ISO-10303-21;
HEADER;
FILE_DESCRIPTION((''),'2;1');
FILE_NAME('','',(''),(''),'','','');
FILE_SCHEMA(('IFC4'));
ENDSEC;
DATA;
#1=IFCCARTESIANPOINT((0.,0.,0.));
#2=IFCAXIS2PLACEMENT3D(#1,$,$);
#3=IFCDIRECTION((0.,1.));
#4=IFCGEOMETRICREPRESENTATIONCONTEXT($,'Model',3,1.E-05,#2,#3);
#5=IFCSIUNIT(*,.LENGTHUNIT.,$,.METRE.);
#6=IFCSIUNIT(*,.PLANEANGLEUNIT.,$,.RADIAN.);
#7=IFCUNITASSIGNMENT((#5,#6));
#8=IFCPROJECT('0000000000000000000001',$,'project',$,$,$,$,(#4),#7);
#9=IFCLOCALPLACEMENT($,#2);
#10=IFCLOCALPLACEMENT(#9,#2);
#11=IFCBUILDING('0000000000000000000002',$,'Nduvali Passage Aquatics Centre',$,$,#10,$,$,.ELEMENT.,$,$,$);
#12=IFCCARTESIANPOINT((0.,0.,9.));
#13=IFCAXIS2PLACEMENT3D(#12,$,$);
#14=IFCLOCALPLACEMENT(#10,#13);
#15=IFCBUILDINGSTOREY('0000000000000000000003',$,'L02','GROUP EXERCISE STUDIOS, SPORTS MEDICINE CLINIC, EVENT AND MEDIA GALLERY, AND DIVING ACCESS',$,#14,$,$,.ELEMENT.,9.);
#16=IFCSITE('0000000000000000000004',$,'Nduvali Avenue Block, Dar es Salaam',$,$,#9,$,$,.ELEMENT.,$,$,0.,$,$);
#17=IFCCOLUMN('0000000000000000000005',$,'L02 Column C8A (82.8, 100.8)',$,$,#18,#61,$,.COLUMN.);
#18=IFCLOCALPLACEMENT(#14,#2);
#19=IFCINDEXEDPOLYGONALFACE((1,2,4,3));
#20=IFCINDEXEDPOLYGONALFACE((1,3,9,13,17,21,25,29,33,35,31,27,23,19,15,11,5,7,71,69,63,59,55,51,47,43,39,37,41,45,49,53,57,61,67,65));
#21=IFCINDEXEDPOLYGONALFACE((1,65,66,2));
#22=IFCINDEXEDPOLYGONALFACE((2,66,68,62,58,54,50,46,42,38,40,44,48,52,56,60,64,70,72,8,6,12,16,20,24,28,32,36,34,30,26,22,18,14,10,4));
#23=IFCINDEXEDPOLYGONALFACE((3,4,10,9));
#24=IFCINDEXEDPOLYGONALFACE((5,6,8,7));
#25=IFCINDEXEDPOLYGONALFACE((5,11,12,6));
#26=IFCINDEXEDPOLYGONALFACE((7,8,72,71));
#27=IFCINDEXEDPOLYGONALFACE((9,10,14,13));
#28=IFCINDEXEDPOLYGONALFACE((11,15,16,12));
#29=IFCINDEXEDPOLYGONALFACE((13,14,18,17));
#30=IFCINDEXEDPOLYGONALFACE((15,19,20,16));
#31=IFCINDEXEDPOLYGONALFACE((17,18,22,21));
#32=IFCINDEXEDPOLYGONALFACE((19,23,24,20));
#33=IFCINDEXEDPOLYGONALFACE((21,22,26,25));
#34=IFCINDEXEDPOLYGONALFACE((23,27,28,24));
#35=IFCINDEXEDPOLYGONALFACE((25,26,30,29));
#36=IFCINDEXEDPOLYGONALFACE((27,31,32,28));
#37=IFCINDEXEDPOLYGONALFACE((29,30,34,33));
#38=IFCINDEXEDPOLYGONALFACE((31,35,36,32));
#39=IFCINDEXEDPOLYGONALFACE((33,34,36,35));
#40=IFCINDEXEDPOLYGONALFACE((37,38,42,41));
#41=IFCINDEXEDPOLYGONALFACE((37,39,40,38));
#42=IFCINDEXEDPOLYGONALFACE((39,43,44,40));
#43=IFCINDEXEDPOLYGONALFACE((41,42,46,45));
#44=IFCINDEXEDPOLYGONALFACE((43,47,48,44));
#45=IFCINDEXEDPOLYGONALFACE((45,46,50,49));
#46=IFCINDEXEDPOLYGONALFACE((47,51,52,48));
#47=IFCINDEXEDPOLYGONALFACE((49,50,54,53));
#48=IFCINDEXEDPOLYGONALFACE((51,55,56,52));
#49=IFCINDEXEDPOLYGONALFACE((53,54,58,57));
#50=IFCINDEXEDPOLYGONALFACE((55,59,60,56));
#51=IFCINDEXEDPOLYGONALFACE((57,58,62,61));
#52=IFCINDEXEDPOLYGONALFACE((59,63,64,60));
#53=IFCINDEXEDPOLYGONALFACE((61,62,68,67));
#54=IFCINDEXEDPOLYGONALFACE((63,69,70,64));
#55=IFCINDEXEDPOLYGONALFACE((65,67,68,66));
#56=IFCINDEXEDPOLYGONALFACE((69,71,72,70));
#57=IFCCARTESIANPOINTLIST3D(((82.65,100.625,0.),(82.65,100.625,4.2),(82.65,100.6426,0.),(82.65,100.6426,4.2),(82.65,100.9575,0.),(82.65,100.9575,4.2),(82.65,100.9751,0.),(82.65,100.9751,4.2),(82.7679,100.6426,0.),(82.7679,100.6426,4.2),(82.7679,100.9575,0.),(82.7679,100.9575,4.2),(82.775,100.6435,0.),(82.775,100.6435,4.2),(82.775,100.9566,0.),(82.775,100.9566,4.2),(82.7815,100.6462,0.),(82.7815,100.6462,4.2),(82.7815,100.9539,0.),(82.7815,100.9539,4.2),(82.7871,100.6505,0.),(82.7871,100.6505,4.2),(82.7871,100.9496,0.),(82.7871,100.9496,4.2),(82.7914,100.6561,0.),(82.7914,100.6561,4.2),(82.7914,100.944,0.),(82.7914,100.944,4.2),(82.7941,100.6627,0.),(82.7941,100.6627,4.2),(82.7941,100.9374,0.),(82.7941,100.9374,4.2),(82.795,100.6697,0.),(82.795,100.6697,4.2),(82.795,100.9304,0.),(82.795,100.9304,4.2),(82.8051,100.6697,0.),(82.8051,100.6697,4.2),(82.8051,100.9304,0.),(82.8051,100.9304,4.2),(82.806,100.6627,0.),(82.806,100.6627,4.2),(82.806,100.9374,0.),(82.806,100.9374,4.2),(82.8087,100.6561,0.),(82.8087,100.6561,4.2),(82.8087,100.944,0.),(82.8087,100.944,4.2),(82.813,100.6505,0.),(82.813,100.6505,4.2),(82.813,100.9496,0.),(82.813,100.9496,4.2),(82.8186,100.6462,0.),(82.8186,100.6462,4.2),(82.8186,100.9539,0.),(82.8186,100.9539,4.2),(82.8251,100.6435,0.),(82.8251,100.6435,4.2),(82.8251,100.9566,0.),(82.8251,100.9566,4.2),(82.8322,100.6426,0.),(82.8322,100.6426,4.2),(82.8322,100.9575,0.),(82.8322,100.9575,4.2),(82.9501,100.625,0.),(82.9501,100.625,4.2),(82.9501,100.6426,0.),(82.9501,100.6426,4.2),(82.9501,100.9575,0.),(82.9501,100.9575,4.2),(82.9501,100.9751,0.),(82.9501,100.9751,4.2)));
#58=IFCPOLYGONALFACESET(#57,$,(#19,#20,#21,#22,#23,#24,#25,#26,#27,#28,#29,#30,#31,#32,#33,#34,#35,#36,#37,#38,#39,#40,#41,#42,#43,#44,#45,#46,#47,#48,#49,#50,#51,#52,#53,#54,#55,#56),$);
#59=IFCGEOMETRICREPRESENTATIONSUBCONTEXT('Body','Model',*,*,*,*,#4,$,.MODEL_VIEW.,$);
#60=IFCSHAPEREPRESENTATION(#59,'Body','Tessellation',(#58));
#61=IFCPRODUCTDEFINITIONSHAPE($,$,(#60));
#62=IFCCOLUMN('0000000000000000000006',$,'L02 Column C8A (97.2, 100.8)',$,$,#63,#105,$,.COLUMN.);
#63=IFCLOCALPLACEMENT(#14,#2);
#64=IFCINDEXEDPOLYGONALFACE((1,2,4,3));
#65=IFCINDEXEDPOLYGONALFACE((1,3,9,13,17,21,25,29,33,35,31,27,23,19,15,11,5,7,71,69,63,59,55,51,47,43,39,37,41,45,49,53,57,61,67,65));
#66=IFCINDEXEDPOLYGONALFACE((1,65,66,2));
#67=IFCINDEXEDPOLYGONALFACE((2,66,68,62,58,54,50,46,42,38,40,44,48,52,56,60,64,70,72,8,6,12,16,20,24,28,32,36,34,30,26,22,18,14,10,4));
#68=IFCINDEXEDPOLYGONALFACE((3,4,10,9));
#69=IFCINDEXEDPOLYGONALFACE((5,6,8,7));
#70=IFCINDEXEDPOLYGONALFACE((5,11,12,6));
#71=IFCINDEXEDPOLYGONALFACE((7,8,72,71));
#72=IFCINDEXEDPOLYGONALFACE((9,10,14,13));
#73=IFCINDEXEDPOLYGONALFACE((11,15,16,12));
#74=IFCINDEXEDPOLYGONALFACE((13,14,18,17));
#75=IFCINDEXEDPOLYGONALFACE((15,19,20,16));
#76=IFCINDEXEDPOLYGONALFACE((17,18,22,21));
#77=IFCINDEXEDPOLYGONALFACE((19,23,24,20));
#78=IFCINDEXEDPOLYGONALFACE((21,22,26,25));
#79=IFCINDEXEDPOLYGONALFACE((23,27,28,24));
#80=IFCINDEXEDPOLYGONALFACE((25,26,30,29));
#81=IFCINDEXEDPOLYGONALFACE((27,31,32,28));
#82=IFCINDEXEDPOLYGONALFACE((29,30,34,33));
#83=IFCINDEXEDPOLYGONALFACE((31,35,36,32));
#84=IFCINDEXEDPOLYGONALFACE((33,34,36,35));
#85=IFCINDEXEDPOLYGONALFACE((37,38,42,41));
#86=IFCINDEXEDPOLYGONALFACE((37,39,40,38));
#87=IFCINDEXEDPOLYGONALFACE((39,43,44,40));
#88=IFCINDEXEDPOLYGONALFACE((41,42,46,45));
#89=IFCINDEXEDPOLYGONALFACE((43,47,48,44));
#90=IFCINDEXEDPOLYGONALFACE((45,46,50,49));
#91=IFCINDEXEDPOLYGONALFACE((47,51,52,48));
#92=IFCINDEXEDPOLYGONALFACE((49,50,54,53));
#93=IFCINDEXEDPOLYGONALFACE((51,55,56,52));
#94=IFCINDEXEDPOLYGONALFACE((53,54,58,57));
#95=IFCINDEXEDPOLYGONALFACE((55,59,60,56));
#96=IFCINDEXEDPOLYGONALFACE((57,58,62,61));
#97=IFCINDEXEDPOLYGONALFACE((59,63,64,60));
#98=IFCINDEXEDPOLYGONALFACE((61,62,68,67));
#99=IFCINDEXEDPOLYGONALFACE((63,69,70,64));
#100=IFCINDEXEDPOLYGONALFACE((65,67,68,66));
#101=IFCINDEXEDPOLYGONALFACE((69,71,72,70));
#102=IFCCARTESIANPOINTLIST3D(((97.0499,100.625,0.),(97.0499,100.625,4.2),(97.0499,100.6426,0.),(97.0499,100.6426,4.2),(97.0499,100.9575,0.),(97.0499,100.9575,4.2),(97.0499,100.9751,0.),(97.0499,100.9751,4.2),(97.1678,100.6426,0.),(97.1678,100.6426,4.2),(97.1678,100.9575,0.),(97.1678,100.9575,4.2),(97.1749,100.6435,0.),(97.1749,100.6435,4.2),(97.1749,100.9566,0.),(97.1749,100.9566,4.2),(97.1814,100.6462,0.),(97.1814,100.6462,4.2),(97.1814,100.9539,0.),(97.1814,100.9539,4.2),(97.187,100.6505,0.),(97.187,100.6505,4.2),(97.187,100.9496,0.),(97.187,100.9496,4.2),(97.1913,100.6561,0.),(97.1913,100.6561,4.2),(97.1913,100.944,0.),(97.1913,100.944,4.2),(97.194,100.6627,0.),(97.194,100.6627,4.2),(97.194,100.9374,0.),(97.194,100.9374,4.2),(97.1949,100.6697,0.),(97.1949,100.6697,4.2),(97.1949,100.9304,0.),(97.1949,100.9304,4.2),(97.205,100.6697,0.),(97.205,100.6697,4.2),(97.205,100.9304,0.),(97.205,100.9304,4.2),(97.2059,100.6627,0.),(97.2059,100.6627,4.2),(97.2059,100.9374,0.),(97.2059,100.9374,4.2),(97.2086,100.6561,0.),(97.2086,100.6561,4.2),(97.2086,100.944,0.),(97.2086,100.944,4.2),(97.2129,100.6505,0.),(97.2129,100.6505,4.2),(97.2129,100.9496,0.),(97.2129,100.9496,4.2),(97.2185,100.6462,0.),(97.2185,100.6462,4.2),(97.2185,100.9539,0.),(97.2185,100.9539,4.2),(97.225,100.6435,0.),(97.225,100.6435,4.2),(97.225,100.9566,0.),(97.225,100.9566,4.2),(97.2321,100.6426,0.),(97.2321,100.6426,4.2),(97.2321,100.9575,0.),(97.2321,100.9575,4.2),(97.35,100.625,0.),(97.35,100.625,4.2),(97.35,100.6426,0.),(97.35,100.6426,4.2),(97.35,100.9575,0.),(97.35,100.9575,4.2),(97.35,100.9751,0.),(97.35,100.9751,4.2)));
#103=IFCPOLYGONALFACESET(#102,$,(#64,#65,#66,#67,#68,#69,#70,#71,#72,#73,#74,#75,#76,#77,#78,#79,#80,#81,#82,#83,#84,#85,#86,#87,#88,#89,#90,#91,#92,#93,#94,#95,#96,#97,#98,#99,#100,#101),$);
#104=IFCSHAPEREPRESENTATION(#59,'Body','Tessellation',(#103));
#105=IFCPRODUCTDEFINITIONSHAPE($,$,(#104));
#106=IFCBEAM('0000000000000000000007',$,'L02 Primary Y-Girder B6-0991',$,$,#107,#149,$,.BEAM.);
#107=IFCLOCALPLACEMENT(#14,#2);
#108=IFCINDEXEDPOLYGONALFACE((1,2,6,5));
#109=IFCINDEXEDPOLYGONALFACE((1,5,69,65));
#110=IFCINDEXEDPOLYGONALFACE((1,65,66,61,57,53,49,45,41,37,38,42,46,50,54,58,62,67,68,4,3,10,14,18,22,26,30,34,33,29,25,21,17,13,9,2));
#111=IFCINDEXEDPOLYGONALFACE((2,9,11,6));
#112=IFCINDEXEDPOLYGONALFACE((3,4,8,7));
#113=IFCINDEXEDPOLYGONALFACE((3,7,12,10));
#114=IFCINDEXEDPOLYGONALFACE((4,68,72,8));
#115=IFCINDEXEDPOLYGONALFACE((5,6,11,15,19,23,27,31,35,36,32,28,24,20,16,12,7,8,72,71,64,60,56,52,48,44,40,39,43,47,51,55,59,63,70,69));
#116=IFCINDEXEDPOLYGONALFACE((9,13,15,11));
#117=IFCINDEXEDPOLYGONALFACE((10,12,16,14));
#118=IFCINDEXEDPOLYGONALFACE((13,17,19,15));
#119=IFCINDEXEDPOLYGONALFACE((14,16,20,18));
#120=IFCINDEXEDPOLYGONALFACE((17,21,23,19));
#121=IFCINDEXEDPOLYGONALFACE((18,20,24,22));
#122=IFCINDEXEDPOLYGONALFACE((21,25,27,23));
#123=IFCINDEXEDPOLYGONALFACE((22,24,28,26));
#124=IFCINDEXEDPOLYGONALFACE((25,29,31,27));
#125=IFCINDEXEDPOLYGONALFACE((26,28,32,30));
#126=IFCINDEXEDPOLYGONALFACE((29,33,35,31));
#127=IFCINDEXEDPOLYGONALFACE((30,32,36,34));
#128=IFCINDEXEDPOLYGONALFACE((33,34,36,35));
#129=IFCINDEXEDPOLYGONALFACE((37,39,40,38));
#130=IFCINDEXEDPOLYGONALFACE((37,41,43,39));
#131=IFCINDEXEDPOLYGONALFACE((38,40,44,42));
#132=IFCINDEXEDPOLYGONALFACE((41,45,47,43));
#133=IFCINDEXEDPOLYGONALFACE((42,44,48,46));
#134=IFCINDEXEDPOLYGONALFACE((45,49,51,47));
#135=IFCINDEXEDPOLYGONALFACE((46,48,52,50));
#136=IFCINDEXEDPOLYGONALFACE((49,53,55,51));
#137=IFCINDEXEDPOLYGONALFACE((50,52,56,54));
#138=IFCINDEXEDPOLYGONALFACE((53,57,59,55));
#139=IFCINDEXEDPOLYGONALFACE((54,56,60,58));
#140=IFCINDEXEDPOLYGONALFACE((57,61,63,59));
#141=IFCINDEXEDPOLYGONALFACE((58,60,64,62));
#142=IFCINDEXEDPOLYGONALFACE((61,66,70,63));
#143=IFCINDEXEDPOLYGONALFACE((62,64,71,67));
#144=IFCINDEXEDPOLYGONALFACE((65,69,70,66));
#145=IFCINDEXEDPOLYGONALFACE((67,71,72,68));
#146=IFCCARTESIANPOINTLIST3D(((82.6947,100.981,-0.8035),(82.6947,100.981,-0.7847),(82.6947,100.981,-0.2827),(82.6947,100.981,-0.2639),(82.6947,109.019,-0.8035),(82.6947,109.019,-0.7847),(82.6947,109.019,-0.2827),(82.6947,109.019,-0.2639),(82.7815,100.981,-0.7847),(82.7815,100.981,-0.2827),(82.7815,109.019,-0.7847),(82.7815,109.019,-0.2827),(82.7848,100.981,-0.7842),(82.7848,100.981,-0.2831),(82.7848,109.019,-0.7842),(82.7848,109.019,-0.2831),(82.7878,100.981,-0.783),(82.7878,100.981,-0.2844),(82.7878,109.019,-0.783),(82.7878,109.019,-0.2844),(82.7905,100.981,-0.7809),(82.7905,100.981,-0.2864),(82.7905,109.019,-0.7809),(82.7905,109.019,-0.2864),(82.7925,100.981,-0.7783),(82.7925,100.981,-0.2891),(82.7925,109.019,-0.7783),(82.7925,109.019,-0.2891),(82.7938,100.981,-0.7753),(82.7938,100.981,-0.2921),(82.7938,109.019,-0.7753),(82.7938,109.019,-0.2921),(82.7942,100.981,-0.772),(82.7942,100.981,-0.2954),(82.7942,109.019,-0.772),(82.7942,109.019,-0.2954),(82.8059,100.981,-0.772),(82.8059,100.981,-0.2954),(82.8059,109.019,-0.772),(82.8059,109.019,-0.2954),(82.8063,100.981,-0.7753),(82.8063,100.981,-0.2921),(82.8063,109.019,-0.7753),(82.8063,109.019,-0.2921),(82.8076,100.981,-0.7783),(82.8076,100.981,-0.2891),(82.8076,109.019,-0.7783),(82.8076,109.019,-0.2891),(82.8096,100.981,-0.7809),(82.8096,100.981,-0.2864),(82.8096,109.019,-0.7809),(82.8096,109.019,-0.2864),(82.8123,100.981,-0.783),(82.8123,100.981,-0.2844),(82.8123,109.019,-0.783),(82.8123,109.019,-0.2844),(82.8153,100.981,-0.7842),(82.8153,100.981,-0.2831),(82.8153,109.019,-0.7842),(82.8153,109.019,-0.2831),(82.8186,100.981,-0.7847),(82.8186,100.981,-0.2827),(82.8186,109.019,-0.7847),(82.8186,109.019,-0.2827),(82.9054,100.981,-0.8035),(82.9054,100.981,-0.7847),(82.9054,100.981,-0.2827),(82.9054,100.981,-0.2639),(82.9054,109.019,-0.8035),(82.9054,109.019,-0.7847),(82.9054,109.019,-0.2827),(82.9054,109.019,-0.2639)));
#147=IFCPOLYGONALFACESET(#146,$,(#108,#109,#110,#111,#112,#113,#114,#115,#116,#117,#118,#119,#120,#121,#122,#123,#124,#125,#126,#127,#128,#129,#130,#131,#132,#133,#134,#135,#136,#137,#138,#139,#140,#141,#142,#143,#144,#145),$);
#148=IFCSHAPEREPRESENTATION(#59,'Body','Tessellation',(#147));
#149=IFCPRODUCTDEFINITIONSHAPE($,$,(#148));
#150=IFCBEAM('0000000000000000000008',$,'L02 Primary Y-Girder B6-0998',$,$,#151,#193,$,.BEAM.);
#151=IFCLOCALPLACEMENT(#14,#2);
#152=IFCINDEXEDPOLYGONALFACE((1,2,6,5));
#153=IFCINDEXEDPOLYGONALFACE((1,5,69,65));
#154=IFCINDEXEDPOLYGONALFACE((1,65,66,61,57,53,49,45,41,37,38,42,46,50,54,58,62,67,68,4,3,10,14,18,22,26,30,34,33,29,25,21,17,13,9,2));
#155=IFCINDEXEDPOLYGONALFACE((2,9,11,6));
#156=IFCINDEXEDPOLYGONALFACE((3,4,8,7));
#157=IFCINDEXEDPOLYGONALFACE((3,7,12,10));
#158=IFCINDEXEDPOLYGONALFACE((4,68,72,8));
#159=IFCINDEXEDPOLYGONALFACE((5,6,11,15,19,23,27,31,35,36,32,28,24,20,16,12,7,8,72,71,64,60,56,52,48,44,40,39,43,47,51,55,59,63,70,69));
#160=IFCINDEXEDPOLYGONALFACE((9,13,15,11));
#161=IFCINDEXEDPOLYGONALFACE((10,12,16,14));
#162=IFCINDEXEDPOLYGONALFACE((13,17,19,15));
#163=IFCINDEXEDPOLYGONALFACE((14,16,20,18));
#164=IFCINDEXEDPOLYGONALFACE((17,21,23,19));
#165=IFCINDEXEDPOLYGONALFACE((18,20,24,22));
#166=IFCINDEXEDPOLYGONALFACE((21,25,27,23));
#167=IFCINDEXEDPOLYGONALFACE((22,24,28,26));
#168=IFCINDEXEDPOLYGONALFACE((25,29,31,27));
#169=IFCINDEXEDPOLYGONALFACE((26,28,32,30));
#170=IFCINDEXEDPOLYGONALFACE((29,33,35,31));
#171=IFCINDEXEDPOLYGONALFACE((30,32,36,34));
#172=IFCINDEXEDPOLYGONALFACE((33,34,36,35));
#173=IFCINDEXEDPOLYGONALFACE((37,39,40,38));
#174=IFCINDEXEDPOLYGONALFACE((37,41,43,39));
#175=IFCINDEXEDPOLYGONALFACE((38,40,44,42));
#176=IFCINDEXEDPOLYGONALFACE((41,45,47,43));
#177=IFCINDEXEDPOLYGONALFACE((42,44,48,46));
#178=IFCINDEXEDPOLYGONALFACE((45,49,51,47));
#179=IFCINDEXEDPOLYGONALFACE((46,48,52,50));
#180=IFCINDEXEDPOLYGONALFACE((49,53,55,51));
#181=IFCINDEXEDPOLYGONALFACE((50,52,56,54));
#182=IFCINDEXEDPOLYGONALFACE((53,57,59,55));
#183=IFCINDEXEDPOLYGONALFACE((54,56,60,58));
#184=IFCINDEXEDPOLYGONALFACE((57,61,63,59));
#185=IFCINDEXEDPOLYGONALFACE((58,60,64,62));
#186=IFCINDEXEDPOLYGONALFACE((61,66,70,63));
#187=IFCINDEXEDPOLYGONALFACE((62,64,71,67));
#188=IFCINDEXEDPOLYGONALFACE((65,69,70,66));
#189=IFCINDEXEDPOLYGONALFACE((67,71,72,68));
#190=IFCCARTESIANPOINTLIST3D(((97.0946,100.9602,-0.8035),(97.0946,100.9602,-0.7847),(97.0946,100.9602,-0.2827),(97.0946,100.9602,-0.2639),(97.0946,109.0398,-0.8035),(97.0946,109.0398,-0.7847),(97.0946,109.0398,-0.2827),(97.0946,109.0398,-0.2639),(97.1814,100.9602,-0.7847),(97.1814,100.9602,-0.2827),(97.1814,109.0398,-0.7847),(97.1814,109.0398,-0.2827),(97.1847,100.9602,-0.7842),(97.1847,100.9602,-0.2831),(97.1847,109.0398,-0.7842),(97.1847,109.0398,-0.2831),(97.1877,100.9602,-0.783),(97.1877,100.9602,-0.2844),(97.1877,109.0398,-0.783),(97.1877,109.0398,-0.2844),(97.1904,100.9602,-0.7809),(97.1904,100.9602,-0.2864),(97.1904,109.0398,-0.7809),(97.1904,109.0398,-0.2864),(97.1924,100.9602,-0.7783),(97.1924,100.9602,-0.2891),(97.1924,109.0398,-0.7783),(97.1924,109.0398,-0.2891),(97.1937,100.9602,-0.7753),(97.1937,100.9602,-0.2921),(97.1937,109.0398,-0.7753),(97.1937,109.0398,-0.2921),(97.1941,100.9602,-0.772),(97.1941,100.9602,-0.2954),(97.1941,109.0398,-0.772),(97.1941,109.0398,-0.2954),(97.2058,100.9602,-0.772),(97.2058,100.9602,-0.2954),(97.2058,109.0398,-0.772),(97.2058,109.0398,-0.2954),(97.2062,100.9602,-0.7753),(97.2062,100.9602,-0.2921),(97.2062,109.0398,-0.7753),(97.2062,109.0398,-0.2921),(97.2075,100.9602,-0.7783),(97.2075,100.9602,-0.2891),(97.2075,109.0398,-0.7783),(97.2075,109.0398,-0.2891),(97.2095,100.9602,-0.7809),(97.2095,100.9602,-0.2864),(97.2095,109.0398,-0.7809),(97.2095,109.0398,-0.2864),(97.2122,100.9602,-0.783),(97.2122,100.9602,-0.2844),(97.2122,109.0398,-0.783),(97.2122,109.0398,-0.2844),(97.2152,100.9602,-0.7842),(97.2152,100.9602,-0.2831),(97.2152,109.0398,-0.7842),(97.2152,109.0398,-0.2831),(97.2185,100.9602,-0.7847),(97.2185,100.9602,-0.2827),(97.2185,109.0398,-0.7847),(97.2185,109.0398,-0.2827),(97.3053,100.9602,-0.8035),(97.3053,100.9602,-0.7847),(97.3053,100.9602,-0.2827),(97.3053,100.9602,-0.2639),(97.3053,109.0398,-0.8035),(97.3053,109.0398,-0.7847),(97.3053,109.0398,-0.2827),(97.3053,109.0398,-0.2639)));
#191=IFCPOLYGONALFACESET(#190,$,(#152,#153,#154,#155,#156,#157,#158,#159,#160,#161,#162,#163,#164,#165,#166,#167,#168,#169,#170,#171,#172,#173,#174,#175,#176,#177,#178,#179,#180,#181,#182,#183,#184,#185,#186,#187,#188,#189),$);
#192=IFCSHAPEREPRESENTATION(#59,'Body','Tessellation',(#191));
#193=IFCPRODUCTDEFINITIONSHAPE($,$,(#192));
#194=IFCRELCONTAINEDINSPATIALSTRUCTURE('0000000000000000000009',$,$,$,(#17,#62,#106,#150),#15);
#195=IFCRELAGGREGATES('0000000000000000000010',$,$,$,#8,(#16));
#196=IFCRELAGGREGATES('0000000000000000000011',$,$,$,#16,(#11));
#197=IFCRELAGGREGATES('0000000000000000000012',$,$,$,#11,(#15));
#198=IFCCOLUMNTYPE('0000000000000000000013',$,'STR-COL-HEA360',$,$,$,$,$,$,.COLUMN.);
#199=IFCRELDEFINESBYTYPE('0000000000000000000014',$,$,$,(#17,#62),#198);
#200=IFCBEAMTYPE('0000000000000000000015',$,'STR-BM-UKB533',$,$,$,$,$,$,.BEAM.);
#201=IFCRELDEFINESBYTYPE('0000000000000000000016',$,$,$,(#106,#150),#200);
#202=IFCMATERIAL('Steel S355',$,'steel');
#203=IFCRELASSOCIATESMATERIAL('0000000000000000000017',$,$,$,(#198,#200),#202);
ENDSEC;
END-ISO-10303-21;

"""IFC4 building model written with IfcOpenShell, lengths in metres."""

from ifc_helpers import new_model, si_unit, direction, frame, origin, origin_2d, place, context, subcontext, project, spatial, i_section, extrude, material, material_profile, profile_set, type_object, element, save


model = new_model("IFC4")

# Units and contexts
model_context = context("Model", 3, precision=1e-05, world=origin(), true_north=direction((0.0, 1.0)))
body_context = subcontext(model_context, "Body", "Model", "MODEL_VIEW")
ifc_project = project(units=[si_unit("LENGTHUNIT", "METRE"), si_unit("PLANEANGLEUNIT", "RADIAN")], contexts=[model_context])

# Site, building, storey
site_placement = place(None, origin())
site = spatial("IfcSite", under=ifc_project, at=site_placement, Name="Nduvali Avenue Block, Dar es Salaam", CompositionType="ELEMENT", RefElevation=0.0)
building_placement = place(site_placement, origin())
building = spatial("IfcBuilding", under=site, at=building_placement, Name="Nduvali Passage Aquatics Centre", CompositionType="ELEMENT")
storey_placement = place(building_placement, frame((0.0, 0.0, 9.0)))
storey = spatial("IfcBuildingStorey", under=building, at=storey_placement, Name="L02", Description="GROUP EXERCISE STUDIOS, SPORTS MEDICINE CLINIC, EVENT AND MEDIA GALLERY, AND DIVING ACCESS", CompositionType="ELEMENT", Elevation=9.0)

# Columns
ifc_material_1 = material(Name="Steel S355", Category="steel")
ifc_material_profile_1 = material_profile(ifc_material_1, i_section(OverallWidth=0.3, OverallDepth=0.3501, WebThickness=0.01, FlangeThickness=0.0176, FilletRadius=0.0271, at=origin_2d()), Name="HEA 360")
ifc_profile_set_1 = profile_set([ifc_material_profile_1], Name="Steel S355")
column_type = type_object("IfcColumnType", Name="STR-COL-HEA360", PredefinedType="COLUMN", material=ifc_profile_set_1)
for number, where, z_axis, x_axis, name in (
    (1, (82.8, 100.8, 0.0), (0.0, 0.0, 1.0), (1.0, 0.0, 0.0), "L02 Column C8A (82.8, 100.8)"),
    (2, (97.2, 100.8, 0.0), (0.0, 0.0, 1.0), (1.0, 0.0, 0.0), "L02 Column C8A (97.2, 100.8)"),
):
    element("IfcColumn", number, at=place(storey_placement, frame(where, z_axis=z_axis, x_axis=x_axis)), inside=storey, type_object=column_type, Name=name, PredefinedType="COLUMN", context=body_context, shape_type="SweptSolid", body=[
        extrude(i_section(OverallWidth=0.3, OverallDepth=0.3501, WebThickness=0.01, FlangeThickness=0.0176, FilletRadius=0.0271, at=origin_2d()), origin(), (0.0, 0.0, 1.0), 4.2),
    ])

# Beams
ifc_material_profile_2 = material_profile(ifc_material_1, i_section(OverallWidth=0.2107, OverallDepth=0.5396, WebThickness=0.0117, FlangeThickness=0.0188, FilletRadius=0.0127, at=origin_2d()), Name="UKB 533x210x109")
ifc_profile_set_2 = profile_set([ifc_material_profile_2], Name="Steel S355")
beam_type_1 = type_object("IfcBeamType", Name="STR-BM-UKB533", PredefinedType="BEAM", material=ifc_profile_set_2)
beam_1_placement = place(storey_placement, frame((82.8, 100.981, -0.5337), z_axis=(0.0, 1.0, 0.0), x_axis=(-1.0, 0.0, 0.0)))
element("IfcBeam", 3, at=beam_1_placement, inside=storey, type_object=beam_type_1, Name="L02 Primary Y-Girder B6-0991", PredefinedType="BEAM", context=body_context, shape_type="SweptSolid", body=[
    extrude(i_section(OverallWidth=0.2107, OverallDepth=0.5396, WebThickness=0.0117, FlangeThickness=0.0188, FilletRadius=0.0127, at=origin_2d()), origin(), (0.0, 0.0, 1.0), 8.0381),
])
beam_2_placement = place(storey_placement, frame((97.2, 100.9602, -0.5337), z_axis=(0.0, 1.0, 0.0), x_axis=(-1.0, 0.0, 0.0)))
element("IfcBeam", 4, at=beam_2_placement, inside=storey, type_object=beam_type_1, Name="L02 Primary Y-Girder B6-0998", PredefinedType="BEAM", context=body_context, shape_type="SweptSolid", body=[
    extrude(i_section(OverallWidth=0.2107, OverallDepth=0.5396, WebThickness=0.0117, FlangeThickness=0.0188, FilletRadius=0.0127, at=origin_2d()), origin(), (0.0, 0.0, 1.0), 8.0796),
])

save(model, "model.ifc")
